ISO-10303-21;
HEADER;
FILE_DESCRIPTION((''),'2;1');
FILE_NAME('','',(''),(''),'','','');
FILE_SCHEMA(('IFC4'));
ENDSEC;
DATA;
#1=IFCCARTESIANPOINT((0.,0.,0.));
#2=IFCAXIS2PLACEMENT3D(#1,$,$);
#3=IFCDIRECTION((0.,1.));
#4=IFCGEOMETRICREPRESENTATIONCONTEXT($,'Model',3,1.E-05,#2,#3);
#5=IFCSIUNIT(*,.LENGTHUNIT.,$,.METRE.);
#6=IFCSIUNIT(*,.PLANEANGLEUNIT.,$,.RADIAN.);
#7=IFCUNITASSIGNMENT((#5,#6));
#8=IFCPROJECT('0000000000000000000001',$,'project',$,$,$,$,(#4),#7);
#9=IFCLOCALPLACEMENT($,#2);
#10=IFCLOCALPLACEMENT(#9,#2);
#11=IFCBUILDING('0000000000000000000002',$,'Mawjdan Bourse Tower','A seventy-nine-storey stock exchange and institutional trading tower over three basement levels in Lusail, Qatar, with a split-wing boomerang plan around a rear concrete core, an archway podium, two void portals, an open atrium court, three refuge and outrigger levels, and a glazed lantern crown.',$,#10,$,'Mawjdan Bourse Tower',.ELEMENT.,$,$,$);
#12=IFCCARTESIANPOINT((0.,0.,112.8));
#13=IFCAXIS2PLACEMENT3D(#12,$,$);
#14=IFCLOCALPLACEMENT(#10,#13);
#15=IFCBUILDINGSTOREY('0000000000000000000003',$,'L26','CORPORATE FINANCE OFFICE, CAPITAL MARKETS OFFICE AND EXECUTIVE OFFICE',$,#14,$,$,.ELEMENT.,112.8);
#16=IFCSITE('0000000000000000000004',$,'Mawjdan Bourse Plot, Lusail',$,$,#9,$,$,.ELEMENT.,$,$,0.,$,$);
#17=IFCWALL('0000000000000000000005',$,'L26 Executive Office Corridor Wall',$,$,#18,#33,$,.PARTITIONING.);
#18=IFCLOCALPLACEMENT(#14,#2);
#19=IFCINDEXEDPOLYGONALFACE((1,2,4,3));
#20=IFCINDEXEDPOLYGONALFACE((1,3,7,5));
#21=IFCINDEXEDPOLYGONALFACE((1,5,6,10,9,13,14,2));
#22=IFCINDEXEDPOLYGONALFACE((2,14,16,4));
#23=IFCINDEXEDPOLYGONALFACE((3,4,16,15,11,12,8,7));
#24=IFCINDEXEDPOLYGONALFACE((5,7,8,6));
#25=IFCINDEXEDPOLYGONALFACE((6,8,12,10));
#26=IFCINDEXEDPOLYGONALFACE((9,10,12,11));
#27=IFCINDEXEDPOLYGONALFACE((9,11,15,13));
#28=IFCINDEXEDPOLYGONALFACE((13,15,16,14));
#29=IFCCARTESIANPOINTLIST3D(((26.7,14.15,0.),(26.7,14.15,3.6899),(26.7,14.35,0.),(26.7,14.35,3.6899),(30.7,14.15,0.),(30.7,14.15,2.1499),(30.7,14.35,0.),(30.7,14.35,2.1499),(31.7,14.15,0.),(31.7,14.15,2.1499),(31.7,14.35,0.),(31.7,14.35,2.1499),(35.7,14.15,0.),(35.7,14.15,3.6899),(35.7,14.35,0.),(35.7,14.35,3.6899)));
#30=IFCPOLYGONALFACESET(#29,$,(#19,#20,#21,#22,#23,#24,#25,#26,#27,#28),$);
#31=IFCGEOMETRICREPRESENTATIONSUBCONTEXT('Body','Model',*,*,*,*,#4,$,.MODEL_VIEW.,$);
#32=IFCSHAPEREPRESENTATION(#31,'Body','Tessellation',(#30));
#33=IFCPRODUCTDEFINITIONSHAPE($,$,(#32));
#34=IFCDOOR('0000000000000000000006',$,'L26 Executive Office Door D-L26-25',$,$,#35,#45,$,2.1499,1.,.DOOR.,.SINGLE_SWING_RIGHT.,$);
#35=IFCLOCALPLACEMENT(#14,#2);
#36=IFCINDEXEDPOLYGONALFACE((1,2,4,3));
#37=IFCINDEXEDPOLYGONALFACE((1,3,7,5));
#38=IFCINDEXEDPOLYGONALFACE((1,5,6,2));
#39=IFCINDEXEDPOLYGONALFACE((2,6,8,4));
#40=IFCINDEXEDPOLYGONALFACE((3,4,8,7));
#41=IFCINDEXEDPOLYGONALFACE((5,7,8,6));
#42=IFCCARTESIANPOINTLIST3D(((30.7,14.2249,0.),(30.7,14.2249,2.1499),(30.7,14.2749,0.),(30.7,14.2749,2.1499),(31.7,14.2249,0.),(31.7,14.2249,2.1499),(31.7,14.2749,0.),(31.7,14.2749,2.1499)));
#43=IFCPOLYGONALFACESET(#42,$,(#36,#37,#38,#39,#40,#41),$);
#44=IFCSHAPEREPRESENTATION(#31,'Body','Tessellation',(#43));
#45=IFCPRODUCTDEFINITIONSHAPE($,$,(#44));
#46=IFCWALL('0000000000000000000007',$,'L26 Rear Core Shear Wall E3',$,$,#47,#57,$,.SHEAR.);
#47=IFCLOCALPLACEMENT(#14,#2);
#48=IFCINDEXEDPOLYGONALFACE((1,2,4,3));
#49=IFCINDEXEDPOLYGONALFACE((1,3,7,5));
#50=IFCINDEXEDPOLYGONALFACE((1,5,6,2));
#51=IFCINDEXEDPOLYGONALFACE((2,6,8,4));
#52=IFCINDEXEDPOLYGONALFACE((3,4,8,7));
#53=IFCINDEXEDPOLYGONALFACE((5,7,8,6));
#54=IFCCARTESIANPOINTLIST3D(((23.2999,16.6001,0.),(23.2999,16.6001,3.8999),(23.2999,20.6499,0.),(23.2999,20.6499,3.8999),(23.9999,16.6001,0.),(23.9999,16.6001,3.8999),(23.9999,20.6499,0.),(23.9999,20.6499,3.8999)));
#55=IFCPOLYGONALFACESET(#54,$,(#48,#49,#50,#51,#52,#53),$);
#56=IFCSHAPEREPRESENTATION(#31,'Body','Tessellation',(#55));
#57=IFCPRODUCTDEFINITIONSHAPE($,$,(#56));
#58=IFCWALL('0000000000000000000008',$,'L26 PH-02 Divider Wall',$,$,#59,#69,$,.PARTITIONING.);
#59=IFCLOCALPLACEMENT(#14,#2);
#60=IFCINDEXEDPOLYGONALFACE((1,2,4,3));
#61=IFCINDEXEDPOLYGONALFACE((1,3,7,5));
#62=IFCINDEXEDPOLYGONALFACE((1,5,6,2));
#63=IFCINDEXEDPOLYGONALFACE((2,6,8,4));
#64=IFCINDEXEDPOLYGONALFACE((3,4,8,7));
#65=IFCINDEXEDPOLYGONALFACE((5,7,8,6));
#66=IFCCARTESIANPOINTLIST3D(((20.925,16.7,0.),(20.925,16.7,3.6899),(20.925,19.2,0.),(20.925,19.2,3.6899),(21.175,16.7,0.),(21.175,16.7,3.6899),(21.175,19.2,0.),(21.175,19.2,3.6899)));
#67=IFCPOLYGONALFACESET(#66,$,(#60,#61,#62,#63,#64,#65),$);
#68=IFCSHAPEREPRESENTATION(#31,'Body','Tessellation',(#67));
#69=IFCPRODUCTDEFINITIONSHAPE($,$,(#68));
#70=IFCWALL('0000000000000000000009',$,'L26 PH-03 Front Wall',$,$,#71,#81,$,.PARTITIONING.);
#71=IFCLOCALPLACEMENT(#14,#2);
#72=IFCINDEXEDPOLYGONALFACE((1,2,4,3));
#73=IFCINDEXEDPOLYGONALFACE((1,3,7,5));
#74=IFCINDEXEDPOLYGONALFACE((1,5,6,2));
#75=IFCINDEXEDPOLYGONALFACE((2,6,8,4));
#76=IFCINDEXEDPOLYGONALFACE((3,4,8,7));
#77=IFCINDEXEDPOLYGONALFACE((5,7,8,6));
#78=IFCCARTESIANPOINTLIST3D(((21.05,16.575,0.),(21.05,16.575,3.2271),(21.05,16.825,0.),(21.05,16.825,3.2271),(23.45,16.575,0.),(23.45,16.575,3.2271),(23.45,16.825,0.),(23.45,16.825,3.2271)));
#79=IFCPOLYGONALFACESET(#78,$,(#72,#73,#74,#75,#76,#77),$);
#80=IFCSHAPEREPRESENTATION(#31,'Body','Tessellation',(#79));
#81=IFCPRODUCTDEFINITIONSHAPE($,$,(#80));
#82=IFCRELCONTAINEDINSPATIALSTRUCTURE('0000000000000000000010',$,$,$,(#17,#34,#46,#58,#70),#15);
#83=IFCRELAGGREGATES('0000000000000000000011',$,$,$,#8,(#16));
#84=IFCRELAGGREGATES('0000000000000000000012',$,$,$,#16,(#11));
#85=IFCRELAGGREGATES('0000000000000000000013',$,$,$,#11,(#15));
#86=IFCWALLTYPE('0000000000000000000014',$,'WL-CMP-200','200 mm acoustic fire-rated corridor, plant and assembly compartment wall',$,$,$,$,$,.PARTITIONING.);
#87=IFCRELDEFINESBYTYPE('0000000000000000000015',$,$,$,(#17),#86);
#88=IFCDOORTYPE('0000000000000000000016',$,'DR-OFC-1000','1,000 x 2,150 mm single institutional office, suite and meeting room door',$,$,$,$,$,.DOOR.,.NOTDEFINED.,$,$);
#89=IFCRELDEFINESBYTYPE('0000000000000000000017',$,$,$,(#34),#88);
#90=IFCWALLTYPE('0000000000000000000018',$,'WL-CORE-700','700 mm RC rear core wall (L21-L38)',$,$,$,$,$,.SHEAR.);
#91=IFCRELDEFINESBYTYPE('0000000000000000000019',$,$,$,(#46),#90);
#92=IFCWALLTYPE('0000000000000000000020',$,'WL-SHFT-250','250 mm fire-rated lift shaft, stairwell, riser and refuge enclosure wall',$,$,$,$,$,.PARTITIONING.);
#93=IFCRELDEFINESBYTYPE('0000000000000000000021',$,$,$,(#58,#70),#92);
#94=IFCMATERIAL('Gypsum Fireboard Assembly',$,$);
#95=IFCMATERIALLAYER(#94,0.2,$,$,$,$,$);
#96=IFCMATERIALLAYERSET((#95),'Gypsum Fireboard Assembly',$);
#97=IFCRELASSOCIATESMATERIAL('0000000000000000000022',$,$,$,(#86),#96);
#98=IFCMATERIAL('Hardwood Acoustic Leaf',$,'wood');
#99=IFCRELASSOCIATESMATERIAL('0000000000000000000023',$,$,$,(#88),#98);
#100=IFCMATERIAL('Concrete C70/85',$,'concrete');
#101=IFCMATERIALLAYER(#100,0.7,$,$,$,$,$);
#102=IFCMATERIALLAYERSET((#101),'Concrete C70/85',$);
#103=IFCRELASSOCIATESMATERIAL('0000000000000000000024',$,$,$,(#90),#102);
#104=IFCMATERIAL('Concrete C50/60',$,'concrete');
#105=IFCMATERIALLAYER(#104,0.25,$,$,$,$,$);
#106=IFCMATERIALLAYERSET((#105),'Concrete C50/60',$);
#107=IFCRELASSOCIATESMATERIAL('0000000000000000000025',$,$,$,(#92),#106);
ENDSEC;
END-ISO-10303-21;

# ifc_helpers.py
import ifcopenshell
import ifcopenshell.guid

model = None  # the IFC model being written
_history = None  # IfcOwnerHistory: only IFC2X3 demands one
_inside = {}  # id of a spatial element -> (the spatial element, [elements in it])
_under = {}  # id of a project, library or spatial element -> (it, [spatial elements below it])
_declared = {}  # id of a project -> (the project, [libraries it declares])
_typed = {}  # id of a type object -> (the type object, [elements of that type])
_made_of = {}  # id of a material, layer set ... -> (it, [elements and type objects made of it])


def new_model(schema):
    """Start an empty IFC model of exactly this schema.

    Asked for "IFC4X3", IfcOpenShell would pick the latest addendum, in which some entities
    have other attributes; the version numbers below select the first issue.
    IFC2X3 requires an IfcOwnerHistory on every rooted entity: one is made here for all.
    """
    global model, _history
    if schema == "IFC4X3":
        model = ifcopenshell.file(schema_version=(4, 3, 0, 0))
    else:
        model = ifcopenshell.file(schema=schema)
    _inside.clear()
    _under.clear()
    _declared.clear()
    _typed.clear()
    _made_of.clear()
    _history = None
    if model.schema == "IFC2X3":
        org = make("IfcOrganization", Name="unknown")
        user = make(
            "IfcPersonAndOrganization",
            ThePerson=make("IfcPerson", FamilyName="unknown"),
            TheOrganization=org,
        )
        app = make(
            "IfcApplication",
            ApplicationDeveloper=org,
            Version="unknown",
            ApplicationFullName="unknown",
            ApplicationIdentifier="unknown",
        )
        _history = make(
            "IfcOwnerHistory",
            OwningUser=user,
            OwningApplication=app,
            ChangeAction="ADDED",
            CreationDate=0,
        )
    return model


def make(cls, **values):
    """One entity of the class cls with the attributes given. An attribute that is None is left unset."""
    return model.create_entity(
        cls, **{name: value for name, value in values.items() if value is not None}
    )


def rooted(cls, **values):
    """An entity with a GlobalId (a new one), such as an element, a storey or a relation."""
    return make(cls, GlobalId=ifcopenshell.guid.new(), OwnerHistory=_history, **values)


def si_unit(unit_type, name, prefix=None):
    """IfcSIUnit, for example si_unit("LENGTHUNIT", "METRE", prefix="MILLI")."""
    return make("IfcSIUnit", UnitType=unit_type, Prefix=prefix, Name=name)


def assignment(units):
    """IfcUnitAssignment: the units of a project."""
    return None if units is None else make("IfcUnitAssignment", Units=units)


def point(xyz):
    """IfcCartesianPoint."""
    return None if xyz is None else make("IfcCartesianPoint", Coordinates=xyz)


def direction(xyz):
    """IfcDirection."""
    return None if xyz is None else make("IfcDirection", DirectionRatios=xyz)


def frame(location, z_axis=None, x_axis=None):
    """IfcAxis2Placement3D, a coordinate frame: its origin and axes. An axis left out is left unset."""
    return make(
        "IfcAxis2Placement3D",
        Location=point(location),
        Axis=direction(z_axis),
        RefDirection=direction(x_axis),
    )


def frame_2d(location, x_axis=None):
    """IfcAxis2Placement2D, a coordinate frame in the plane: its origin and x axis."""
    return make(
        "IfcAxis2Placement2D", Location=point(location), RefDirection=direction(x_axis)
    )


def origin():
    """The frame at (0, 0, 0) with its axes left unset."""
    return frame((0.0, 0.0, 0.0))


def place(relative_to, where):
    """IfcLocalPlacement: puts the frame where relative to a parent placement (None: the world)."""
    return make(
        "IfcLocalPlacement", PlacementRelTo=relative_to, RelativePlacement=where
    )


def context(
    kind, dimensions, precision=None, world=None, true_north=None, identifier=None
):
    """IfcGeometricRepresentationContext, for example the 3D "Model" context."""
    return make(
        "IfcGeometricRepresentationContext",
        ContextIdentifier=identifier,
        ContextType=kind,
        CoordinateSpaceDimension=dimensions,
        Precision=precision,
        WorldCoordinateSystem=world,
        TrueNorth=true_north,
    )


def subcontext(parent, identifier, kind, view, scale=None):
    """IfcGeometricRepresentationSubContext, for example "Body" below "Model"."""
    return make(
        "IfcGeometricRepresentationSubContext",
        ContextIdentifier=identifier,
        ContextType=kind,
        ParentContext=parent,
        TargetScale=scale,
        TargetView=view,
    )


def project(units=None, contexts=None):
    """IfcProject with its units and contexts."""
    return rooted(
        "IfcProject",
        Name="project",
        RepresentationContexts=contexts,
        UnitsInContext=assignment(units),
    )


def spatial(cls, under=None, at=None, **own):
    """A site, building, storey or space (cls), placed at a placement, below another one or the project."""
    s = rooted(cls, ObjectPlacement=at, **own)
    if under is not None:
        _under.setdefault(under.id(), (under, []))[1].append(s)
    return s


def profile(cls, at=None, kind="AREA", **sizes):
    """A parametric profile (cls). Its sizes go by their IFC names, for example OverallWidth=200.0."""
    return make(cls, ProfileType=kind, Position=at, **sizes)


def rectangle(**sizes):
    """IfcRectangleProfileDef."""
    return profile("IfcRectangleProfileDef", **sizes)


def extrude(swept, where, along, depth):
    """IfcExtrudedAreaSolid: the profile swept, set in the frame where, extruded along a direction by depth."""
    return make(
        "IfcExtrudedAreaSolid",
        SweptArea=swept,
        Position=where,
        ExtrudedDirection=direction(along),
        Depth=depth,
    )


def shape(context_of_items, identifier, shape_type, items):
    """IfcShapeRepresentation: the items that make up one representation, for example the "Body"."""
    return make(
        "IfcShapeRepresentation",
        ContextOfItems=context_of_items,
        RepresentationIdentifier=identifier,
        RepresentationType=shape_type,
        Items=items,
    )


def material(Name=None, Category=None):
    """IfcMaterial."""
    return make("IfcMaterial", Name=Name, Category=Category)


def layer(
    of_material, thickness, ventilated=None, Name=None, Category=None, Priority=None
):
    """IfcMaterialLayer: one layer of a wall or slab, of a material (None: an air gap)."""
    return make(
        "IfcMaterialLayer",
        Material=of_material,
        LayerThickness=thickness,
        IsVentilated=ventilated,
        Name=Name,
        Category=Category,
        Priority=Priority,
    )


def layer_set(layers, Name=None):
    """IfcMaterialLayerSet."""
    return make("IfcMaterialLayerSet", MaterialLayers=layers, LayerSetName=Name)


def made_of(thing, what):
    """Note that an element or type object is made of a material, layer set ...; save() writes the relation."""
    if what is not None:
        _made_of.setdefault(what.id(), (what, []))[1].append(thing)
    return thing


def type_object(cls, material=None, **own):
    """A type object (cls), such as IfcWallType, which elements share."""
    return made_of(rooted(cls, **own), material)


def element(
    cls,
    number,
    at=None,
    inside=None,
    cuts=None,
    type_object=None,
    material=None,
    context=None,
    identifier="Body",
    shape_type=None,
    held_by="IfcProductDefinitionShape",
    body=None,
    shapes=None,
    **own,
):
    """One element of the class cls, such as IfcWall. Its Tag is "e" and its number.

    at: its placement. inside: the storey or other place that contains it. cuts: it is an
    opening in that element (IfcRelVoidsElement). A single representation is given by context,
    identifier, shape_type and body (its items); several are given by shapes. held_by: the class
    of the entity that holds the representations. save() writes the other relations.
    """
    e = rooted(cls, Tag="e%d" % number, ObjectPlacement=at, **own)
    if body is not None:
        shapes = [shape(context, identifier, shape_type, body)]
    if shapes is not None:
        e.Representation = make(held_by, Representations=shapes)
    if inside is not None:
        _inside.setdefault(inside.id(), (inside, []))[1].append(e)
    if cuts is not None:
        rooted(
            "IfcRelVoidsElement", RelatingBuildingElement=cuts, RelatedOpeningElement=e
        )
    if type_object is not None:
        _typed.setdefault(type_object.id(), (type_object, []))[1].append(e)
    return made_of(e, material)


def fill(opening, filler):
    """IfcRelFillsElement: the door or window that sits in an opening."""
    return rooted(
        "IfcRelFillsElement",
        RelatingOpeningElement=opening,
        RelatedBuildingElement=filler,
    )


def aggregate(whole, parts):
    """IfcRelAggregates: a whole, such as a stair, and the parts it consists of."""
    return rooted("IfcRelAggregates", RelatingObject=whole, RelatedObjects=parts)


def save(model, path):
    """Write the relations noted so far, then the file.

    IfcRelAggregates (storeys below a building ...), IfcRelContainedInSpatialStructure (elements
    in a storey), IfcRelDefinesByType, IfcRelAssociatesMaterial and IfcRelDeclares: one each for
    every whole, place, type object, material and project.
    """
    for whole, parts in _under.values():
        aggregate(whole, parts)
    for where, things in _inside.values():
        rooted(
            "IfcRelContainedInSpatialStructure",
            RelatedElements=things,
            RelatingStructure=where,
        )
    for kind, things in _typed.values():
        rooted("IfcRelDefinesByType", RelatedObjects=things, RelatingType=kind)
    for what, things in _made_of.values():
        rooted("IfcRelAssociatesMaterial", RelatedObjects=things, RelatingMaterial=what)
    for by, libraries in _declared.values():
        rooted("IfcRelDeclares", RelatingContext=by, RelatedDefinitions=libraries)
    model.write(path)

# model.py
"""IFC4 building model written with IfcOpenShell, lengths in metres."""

from ifc_helpers import new_model, si_unit, direction, frame, frame_2d, origin, place, context, subcontext, project, spatial, rectangle, extrude, material, layer, layer_set, type_object, element, fill, save


model = new_model("IFC4")

# Units and contexts
model_context = context("Model", 3, precision=1e-05, world=origin(), true_north=direction((0.0, 1.0)))
body_context = subcontext(model_context, "Body", "Model", "MODEL_VIEW")
ifc_project = project(units=[si_unit("LENGTHUNIT", "METRE"), si_unit("PLANEANGLEUNIT", "RADIAN")], contexts=[model_context])

# Site, building, storey
site_placement = place(None, origin())
site = spatial("IfcSite", under=ifc_project, at=site_placement, Name="Mawjdan Bourse Plot, Lusail", CompositionType="ELEMENT", RefElevation=0.0)
building_placement = place(site_placement, origin())
building = spatial("IfcBuilding", under=site, at=building_placement, Name="Mawjdan Bourse Tower", Description="A seventy-nine-storey stock exchange and institutional trading tower over three basement levels in Lusail, Qatar, with a split-wing boomerang plan around a rear concrete core, an archway podium, two void portals, an open atrium court, three refuge and outrigger levels, and a glazed lantern crown.", LongName="Mawjdan Bourse Tower", CompositionType="ELEMENT")
storey_placement = place(building_placement, frame((0.0, 0.0, 112.8)))
storey = spatial("IfcBuildingStorey", under=building, at=storey_placement, Name="L26", Description="CORPORATE FINANCE OFFICE, CAPITAL MARKETS OFFICE AND EXECUTIVE OFFICE", CompositionType="ELEMENT", Elevation=112.8)

# Shared definitions
ifc_material_1 = material(Name="Concrete C70/85", Category="concrete")

# Shared definitions
ifc_material_2 = material(Name="Gypsum Fireboard Assembly")
ifc_layer_1 = layer(ifc_material_2, 0.2)
ifc_layer_set_1 = layer_set([ifc_layer_1], Name="Gypsum Fireboard Assembly")
wall_type_1 = type_object("IfcWallType", Name="WL-CMP-200", Description="200 mm acoustic fire-rated corridor, plant and assembly compartment wall", PredefinedType="PARTITIONING", material=ifc_layer_set_1)

# Shared definitions
ifc_material_3 = material(Name="Hardwood Acoustic Leaf", Category="wood")
door_type_1 = type_object("IfcDoorType", Name="DR-OFC-1000", Description="1,000 x 2,150 mm single institutional office, suite and meeting room door", OperationType="NOTDEFINED", PredefinedType="DOOR", material=ifc_material_3)

# Wall, opening, door
wall_1_placement = place(storey_placement, frame((26.7, 14.25, 0.0), z_axis=(0.0, 0.0, 1.0), x_axis=(1.0, 0.0, 0.0)))
wall_1 = element("IfcWall", 1, at=wall_1_placement, inside=storey, type_object=wall_type_1, Name="L26 Executive Office Corridor Wall", PredefinedType="PARTITIONING", context=body_context, shape_type="SweptSolid", body=[
    extrude(rectangle(XDim=9.0, YDim=0.2, at=frame_2d((4.5, 0.0))), origin(), (0.0, 0.0, 1.0), 3.6899),
])
opening_1_placement = place(wall_1_placement, frame((4.0, 0.0, 0.0)))
opening_1 = element("IfcOpeningElement", 2, at=opening_1_placement, cuts=wall_1, PredefinedType="OPENING", context=body_context, shape_type="SweptSolid", body=[
    extrude(rectangle(XDim=1.0, YDim=2.1499, at=frame_2d((0.5, 1.075))), frame((0.0, 0.1099, 0.0), z_axis=(0.0, -1.0, 0.0), x_axis=(1.0, 0.0, 0.0)), (0.0, 0.0, 1.0), 0.22),
])
door_1_placement = place(opening_1_placement, origin())
door_1 = element("IfcDoor", 3, at=door_1_placement, inside=storey, type_object=door_type_1, Name="L26 Executive Office Door D-L26-25", OperationType="SINGLE_SWING_RIGHT", OverallHeight=2.1499, OverallWidth=1.0, PredefinedType="DOOR", context=body_context, shape_type="SweptSolid", body=[
    extrude(rectangle(XDim=1.0, YDim=2.1499, at=frame_2d((0.5, 1.075))), frame((0.0, 0.0249, 0.0), z_axis=(0.0, -1.0, 0.0), x_axis=(1.0, 0.0, 0.0)), (0.0, 0.0, 1.0), 0.05),
])
fill(opening_1, door_1)

# Walls
ifc_layer_2 = layer(ifc_material_1, 0.7)
ifc_layer_set_2 = layer_set([ifc_layer_2], Name="Concrete C70/85")
wall_type_2 = type_object("IfcWallType", Name="WL-CORE-700", Description="700 mm RC rear core wall (L21-L38)", PredefinedType="SHEAR", material=ifc_layer_set_2)
wall_2_placement = place(storey_placement, frame((23.6499, 16.6001, 0.0), z_axis=(0.0, 0.0, 1.0), x_axis=(0.0, 1.0, 0.0)))
element("IfcWall", 4, at=wall_2_placement, inside=storey, type_object=wall_type_2, Name="L26 Rear Core Shear Wall E3", PredefinedType="SHEAR", context=body_context, shape_type="SweptSolid", body=[
    extrude(rectangle(XDim=4.0498, YDim=0.7, at=frame_2d((2.0249, 0.0))), origin(), (0.0, 0.0, 1.0), 3.8999),
])
ifc_material_4 = material(Name="Concrete C50/60", Category="concrete")
ifc_layer_3 = layer(ifc_material_4, 0.25)
ifc_layer_set_3 = layer_set([ifc_layer_3], Name="Concrete C50/60")
wall_type_3 = type_object("IfcWallType", Name="WL-SHFT-250", Description="250 mm fire-rated lift shaft, stairwell, riser and refuge enclosure wall", PredefinedType="PARTITIONING", material=ifc_layer_set_3)
wall_3_placement = place(storey_placement, frame((21.05, 16.7, 0.0), z_axis=(0.0, 0.0, 1.0), x_axis=(0.0, 1.0, 0.0)))
element("IfcWall", 5, at=wall_3_placement, inside=storey, type_object=wall_type_3, Name="L26 PH-02 Divider Wall", PredefinedType="PARTITIONING", context=body_context, shape_type="SweptSolid", body=[
    extrude(rectangle(XDim=2.5, YDim=0.25, at=frame_2d((1.25, 0.0))), origin(), (0.0, 0.0, 1.0), 3.6899),
])
wall_4_placement = place(storey_placement, frame((21.05, 16.7, 0.0), z_axis=(0.0, 0.0, 1.0), x_axis=(1.0, 0.0, 0.0)))
element("IfcWall", 6, at=wall_4_placement, inside=storey, type_object=wall_type_3, Name="L26 PH-03 Front Wall", PredefinedType="PARTITIONING", context=body_context, shape_type="SweptSolid", body=[
    extrude(rectangle(XDim=2.3999, YDim=0.25, at=frame_2d((1.2, 0.0))), origin(), (0.0, 0.0, 1.0), 3.2271),
])

save(model, "model.ifc")
